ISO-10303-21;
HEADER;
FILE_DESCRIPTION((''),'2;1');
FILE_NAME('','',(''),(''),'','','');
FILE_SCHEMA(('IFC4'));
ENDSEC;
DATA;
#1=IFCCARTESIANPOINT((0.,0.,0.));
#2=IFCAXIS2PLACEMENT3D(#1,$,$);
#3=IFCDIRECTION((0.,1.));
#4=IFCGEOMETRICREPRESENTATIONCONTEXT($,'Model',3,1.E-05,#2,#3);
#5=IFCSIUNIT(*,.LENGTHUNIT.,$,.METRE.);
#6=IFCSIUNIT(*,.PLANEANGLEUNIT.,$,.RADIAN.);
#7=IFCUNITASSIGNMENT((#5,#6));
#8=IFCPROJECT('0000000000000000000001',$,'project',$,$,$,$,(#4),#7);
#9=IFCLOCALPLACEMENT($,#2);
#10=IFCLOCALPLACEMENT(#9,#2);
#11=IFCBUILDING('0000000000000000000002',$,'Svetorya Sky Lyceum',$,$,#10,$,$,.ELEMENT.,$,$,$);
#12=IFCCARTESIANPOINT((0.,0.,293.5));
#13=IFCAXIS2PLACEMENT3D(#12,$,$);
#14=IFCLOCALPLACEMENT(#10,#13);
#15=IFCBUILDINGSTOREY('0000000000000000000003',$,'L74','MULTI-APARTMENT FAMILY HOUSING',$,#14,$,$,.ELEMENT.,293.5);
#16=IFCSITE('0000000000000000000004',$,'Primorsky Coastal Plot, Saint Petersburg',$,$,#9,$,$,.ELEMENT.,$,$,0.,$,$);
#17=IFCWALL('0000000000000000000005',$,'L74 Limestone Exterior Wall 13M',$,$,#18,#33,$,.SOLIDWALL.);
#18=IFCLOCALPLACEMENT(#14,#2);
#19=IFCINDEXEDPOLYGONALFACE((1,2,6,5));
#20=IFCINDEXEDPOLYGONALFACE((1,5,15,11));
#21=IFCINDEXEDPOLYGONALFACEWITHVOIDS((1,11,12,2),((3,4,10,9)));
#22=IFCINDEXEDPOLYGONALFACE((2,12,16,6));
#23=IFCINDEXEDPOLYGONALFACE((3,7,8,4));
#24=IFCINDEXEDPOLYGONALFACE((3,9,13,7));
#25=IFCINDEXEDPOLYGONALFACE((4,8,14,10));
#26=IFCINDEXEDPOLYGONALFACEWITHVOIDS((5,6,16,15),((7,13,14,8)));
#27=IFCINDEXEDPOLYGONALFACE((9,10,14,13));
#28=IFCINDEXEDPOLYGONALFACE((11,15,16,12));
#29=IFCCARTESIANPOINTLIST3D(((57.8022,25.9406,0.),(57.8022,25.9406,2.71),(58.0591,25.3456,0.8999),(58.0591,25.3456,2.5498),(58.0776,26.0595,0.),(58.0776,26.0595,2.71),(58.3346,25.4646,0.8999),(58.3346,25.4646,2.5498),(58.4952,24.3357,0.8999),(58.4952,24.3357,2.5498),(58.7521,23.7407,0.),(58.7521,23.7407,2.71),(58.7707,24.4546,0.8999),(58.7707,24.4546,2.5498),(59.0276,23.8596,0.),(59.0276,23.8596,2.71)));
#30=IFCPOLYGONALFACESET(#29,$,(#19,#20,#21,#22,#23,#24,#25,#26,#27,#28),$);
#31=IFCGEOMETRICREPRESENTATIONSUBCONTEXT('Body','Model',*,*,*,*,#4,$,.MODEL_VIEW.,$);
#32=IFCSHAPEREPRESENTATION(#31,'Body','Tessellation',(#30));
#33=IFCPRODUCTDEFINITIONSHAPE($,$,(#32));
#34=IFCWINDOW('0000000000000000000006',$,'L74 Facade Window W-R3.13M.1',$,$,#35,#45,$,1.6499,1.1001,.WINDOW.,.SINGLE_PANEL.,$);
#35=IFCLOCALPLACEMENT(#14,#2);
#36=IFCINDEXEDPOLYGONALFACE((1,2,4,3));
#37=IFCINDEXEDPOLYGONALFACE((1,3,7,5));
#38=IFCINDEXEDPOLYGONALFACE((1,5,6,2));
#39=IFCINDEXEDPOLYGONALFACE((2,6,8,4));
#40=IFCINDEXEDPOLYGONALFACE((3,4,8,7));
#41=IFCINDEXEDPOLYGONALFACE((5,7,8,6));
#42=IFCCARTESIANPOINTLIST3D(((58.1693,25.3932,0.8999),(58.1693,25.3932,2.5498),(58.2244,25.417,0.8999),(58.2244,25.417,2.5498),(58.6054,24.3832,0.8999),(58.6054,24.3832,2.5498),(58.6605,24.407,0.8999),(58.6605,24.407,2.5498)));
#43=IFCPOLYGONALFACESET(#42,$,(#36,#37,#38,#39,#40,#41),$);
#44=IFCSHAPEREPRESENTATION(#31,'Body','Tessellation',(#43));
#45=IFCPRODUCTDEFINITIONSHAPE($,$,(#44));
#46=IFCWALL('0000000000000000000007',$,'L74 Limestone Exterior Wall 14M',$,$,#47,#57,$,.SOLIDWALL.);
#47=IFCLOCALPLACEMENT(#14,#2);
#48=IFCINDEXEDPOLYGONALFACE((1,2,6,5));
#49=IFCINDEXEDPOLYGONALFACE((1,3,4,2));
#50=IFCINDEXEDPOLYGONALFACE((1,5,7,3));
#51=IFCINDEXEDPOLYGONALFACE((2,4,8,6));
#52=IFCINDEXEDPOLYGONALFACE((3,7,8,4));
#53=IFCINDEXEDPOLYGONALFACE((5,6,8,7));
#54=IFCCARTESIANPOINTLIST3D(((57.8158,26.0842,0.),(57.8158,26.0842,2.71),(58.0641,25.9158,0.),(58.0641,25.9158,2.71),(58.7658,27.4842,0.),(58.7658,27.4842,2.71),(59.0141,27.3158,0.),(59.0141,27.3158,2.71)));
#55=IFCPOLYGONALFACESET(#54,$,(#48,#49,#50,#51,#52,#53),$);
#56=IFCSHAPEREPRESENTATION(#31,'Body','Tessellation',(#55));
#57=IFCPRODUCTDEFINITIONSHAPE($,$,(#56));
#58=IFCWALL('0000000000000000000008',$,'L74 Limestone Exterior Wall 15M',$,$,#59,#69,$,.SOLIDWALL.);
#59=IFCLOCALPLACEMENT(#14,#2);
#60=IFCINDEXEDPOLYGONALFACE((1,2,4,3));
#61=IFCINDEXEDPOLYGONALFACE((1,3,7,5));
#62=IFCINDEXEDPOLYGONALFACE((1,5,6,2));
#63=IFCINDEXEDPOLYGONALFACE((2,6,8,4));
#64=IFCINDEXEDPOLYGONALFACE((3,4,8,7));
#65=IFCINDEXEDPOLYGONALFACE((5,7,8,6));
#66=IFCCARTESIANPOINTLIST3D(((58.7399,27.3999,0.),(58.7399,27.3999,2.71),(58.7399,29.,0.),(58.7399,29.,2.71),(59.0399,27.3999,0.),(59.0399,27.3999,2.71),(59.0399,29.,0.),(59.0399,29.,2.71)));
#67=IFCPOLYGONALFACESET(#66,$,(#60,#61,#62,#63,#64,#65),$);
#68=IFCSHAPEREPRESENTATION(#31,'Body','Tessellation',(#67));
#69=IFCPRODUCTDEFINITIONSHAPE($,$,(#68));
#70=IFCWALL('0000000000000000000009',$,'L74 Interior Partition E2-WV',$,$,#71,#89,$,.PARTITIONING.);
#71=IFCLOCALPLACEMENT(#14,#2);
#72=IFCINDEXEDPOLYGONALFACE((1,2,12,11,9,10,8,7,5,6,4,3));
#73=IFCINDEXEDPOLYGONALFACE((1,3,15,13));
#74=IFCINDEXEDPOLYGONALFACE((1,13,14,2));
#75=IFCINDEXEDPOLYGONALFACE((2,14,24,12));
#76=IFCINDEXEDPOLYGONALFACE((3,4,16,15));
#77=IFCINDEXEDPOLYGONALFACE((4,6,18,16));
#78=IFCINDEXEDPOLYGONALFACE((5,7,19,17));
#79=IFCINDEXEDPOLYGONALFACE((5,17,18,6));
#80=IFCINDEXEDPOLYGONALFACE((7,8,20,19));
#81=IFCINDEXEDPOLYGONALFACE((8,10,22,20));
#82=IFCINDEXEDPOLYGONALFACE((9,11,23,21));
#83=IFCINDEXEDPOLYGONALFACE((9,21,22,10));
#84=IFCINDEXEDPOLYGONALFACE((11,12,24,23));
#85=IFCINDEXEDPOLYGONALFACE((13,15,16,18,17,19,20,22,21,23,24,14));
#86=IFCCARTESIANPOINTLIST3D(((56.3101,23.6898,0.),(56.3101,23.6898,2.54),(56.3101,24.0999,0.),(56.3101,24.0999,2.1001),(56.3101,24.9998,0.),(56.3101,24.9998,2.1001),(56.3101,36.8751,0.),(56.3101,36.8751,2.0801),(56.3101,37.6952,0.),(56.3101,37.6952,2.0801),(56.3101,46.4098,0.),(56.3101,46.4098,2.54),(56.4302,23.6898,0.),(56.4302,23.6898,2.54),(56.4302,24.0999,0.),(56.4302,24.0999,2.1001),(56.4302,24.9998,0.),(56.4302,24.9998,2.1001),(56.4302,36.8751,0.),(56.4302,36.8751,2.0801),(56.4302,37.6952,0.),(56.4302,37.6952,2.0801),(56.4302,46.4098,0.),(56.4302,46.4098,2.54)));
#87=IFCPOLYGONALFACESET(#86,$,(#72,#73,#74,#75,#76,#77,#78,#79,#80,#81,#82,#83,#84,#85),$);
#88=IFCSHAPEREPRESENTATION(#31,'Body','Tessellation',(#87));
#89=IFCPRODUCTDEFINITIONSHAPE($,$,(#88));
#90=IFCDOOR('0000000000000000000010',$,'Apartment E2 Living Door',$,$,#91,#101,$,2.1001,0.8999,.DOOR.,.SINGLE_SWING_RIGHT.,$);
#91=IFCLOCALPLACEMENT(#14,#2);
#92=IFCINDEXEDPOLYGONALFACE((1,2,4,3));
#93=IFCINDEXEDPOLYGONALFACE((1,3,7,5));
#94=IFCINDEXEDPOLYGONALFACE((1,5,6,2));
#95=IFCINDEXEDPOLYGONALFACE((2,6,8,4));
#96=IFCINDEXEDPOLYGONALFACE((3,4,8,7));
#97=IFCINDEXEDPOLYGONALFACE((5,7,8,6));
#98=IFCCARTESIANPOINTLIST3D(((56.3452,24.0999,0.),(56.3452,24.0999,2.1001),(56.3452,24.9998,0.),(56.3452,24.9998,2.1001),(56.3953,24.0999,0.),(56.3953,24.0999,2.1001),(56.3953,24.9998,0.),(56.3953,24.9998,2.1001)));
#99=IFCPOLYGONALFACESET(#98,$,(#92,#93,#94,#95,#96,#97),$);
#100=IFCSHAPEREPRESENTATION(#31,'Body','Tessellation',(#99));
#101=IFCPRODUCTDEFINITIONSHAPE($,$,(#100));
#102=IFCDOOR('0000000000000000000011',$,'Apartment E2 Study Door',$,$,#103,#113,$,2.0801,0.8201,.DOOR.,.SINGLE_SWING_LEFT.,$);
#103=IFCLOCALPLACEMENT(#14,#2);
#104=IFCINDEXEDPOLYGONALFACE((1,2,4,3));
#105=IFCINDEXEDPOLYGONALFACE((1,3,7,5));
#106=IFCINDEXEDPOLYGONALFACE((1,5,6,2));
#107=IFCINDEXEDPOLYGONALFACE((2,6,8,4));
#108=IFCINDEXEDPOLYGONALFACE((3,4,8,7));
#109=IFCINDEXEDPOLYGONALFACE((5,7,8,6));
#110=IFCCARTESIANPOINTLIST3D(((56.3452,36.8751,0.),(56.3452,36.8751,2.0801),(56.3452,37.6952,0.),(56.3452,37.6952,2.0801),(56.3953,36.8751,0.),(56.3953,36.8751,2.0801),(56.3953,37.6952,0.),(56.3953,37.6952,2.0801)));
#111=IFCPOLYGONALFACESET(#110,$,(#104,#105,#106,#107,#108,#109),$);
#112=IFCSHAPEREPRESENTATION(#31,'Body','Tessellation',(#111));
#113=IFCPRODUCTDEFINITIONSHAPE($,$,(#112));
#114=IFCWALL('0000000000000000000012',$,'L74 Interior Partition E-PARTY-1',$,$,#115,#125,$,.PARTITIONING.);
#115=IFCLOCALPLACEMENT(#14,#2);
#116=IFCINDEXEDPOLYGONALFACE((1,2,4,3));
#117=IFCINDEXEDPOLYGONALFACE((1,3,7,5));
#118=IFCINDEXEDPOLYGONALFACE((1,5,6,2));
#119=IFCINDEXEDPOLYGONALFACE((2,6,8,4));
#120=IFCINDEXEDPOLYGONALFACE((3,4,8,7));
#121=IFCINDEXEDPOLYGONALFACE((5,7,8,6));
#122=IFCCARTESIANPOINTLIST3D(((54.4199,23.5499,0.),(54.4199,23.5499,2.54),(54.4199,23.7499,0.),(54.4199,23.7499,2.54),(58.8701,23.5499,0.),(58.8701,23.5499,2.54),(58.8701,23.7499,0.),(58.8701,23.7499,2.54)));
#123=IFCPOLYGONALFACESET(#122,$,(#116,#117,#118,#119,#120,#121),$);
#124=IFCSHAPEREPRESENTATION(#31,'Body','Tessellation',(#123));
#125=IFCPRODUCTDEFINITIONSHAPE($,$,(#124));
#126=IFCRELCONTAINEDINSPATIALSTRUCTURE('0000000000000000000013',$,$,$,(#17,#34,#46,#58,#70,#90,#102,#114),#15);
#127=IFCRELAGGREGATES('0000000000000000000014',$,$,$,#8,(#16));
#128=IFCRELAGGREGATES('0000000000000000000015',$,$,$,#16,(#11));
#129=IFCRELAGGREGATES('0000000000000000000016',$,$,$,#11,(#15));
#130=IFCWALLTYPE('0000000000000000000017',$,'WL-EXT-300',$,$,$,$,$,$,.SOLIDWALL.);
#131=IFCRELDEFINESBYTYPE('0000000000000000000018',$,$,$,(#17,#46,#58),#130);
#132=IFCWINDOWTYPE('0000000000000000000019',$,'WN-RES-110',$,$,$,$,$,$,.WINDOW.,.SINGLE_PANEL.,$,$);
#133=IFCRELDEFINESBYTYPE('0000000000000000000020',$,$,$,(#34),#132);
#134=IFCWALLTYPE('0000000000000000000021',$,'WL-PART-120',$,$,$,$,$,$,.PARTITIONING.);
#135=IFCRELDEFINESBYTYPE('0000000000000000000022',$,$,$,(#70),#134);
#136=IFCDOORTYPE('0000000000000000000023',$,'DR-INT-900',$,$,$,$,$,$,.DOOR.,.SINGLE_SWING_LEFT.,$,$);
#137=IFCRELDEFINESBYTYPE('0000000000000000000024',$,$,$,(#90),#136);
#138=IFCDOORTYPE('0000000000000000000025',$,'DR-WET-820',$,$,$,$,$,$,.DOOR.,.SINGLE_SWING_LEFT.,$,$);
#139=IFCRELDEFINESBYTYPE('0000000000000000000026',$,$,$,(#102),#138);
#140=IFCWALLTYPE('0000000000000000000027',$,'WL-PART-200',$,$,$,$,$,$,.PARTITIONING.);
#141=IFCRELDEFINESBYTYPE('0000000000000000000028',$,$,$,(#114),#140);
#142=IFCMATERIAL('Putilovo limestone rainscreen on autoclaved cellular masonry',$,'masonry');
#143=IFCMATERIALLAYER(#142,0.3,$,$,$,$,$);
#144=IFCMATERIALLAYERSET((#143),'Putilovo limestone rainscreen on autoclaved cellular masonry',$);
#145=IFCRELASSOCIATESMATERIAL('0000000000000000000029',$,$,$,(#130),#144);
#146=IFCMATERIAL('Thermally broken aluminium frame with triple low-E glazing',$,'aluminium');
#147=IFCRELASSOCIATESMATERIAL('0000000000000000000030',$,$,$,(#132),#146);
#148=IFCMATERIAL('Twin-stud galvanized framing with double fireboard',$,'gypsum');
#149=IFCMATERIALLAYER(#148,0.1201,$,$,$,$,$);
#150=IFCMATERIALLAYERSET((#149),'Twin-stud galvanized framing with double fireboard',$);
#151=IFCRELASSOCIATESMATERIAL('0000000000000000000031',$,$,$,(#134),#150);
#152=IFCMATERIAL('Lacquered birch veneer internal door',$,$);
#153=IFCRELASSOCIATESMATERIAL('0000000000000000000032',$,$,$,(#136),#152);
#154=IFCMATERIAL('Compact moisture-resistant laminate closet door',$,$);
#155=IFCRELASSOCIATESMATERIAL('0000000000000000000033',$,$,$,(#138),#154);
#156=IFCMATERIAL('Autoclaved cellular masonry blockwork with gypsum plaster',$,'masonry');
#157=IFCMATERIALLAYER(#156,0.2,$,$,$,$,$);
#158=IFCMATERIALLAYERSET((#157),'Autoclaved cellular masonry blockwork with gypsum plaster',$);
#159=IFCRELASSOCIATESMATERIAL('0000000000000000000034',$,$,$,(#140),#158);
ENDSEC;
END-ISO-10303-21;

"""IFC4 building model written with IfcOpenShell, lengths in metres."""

from ifc_helpers import new_model, si_unit, direction, frame, frame_2d, origin, place, context, subcontext, project, spatial, rectangle, extrude, material, layer, layer_set, type_object, element, fill, save


model = new_model("IFC4")

# Units and contexts
model_context = context("Model", 3, precision=1e-05, world=origin(), true_north=direction((0.0, 1.0)))
body_context = subcontext(model_context, "Body", "Model", "MODEL_VIEW")
ifc_project = project(units=[si_unit("LENGTHUNIT", "METRE"), si_unit("PLANEANGLEUNIT", "RADIAN")], contexts=[model_context])

# Site, building, storey
site_placement = place(None, origin())
site = spatial("IfcSite", under=ifc_project, at=site_placement, Name="Primorsky Coastal Plot, Saint Petersburg", CompositionType="ELEMENT", RefElevation=0.0)
building_placement = place(site_placement, origin())
building = spatial("IfcBuilding", under=site, at=building_placement, Name="Svetorya Sky Lyceum", CompositionType="ELEMENT")
storey_placement = place(building_placement, frame((0.0, 0.0, 293.5)))
storey = spatial("IfcBuildingStorey", under=building, at=storey_placement, Name="L74", Description="MULTI-APARTMENT FAMILY HOUSING", CompositionType="ELEMENT", Elevation=293.5)

# Shared definitions
ifc_material_1 = material(Name="Putilovo limestone rainscreen on autoclaved cellular masonry", Category="masonry")
ifc_layer_1 = layer(ifc_material_1, 0.3)
ifc_layer_set_1 = layer_set([ifc_layer_1], Name="Putilovo limestone rainscreen on autoclaved cellular masonry")
wall_type_1 = type_object("IfcWallType", Name="WL-EXT-300", PredefinedType="SOLIDWALL", material=ifc_layer_set_1)

# Wall, opening, window
wall_1_placement = place(storey_placement, frame((58.8899, 23.8, 0.0), z_axis=(0.0, 0.0, 1.0), x_axis=(-0.396426, 0.918067, 0.0)))
wall_1 = element("IfcWall", 1, at=wall_1_placement, inside=storey, type_object=wall_type_1, Name="L74 Limestone Exterior Wall 13M", PredefinedType="SOLIDWALL", context=body_context, shape_type="SweptSolid", body=[
    extrude(rectangle(XDim=2.3962, YDim=0.3, at=frame_2d((1.1982, 0.0))), origin(), (0.0, 0.0, 1.0), 2.71),
])
opening_1_placement = place(wall_1_placement, frame((0.6482, 0.0, 0.8999)))
opening_1 = element("IfcOpeningElement", 2, at=opening_1_placement, cuts=wall_1, PredefinedType="OPENING", context=body_context, shape_type="SweptSolid", body=[
    extrude(rectangle(XDim=1.1001, YDim=1.6499, at=frame_2d((0.55, 0.825))), frame((0.0, 0.1599, 0.0), z_axis=(0.0, -1.0, 0.0), x_axis=(1.0, 0.0, 0.0)), (0.0, 0.0, 1.0), 0.3201),
])
ifc_material_2 = material(Name="Thermally broken aluminium frame with triple low-E glazing", Category="aluminium")
window_type = type_object("IfcWindowType", Name="WN-RES-110", PartitioningType="SINGLE_PANEL", PredefinedType="WINDOW", material=ifc_material_2)
window_placement = place(opening_1_placement, origin())
window = element("IfcWindow", 3, at=window_placement, inside=storey, type_object=window_type, Name="L74 Facade Window W-R3.13M.1", OverallHeight=1.6499, OverallWidth=1.1001, PartitioningType="SINGLE_PANEL", PredefinedType="WINDOW", context=body_context, shape_type="SweptSolid", body=[
    extrude(rectangle(XDim=1.1001, YDim=1.6499, at=frame_2d((0.55, 0.825))), frame((0.0, 0.03, 0.0), z_axis=(0.0, -1.0, 0.0), x_axis=(1.0, 0.0, 0.0)), (0.0, 0.0, 1.0), 0.0601),
])
fill(opening_1, window)

# Walls
wall_2_placement = place(storey_placement, frame((57.9399, 26.0, 0.0), z_axis=(0.0, 0.0, 1.0), x_axis=(0.561508, 0.827471, 0.0)))
element("IfcWall", 4, at=wall_2_placement, inside=storey, type_object=wall_type_1, Name="L74 Limestone Exterior Wall 14M", PredefinedType="SOLIDWALL", context=body_context, shape_type="SweptSolid", body=[
    extrude(rectangle(XDim=1.6919, YDim=0.3, at=frame_2d((0.8459, 0.0))), origin(), (0.0, 0.0, 1.0), 2.71),
])
wall_3_placement = place(storey_placement, frame((58.8899, 27.3999, 0.0), z_axis=(0.0, 0.0, 1.0), x_axis=(0.0, 1.0, 0.0)))
element("IfcWall", 5, at=wall_3_placement, inside=storey, type_object=wall_type_1, Name="L74 Limestone Exterior Wall 15M", PredefinedType="SOLIDWALL", context=body_context, shape_type="SweptSolid", body=[
    extrude(rectangle(XDim=1.6001, YDim=0.3, at=frame_2d((0.8, 0.0))), origin(), (0.0, 0.0, 1.0), 2.71),
])

# Wall, openings, doors
ifc_material_3 = material(Name="Twin-stud galvanized framing with double fireboard", Category="gypsum")
ifc_layer_2 = layer(ifc_material_3, 0.1201)
ifc_layer_set_2 = layer_set([ifc_layer_2], Name="Twin-stud galvanized framing with double fireboard")
wall_type_2 = type_object("IfcWallType", Name="WL-PART-120", PredefinedType="PARTITIONING", material=ifc_layer_set_2)
wall_4_placement = place(storey_placement, frame((56.3701, 23.6899, 0.0), z_axis=(0.0, 0.0, 1.0), x_axis=(0.0, 1.0, 0.0)))
wall_4 = element("IfcWall", 6, at=wall_4_placement, inside=storey, type_object=wall_type_2, Name="L74 Interior Partition E2-WV", PredefinedType="PARTITIONING", context=body_context, shape_type="SweptSolid", body=[
    extrude(rectangle(XDim=22.72, YDim=0.1201, at=frame_2d((11.3599, 0.0))), origin(), (0.0, 0.0, 1.0), 2.54),
])
opening_2_placement = place(wall_4_placement, frame((0.4099, 0.0, 0.0)))
opening_2 = element("IfcOpeningElement", 7, at=opening_2_placement, cuts=wall_4, PredefinedType="OPENING", context=body_context, shape_type="SweptSolid", body=[
    extrude(rectangle(XDim=0.8999, YDim=2.1001, at=frame_2d((0.45, 1.05))), frame((0.0, 0.0701, 0.0), z_axis=(0.0, -1.0, 0.0), x_axis=(1.0, 0.0, 0.0)), (0.0, 0.0, 1.0), 0.1401),
])
opening_3_placement = place(wall_4_placement, frame((13.1851, 0.0, 0.0)))
opening_3 = element("IfcOpeningElement", 8, at=opening_3_placement, cuts=wall_4, PredefinedType="OPENING", context=body_context, shape_type="SweptSolid", body=[
    extrude(rectangle(XDim=0.8201, YDim=2.0801, at=frame_2d((0.4102, 1.04))), frame((0.0, 0.0701, 0.0), z_axis=(0.0, -1.0, 0.0), x_axis=(1.0, 0.0, 0.0)), (0.0, 0.0, 1.0), 0.1401),
])
ifc_material_4 = material(Name="Lacquered birch veneer internal door")
door_type_1 = type_object("IfcDoorType", Name="DR-INT-900", OperationType="SINGLE_SWING_LEFT", PredefinedType="DOOR", material=ifc_material_4)
door_1_placement = place(opening_2_placement, origin())
door_1 = element("IfcDoor", 9, at=door_1_placement, inside=storey, type_object=door_type_1, Name="Apartment E2 Living Door", OperationType="SINGLE_SWING_RIGHT", OverallHeight=2.1001, OverallWidth=0.8999, PredefinedType="DOOR", context=body_context, shape_type="SweptSolid", body=[
    extrude(rectangle(XDim=0.8999, YDim=2.1001, at=frame_2d((0.45, 1.05))), frame((0.0, 0.0249, 0.0), z_axis=(0.0, -1.0, 0.0), x_axis=(1.0, 0.0, 0.0)), (0.0, 0.0, 1.0), 0.05),
])
fill(opening_2, door_1)
ifc_material_5 = material(Name="Compact moisture-resistant laminate closet door")
door_type_2 = type_object("IfcDoorType", Name="DR-WET-820", OperationType="SINGLE_SWING_LEFT", PredefinedType="DOOR", material=ifc_material_5)
door_2_placement = place(opening_3_placement, origin())
door_2 = element("IfcDoor", 10, at=door_2_placement, inside=storey, type_object=door_type_2, Name="Apartment E2 Study Door", OperationType="SINGLE_SWING_LEFT", OverallHeight=2.0801, OverallWidth=0.8201, PredefinedType="DOOR", context=body_context, shape_type="SweptSolid", body=[
    extrude(rectangle(XDim=0.8201, YDim=2.0801, at=frame_2d((0.4102, 1.04))), frame((0.0, 0.0249, 0.0), z_axis=(0.0, -1.0, 0.0), x_axis=(1.0, 0.0, 0.0)), (0.0, 0.0, 1.0), 0.05),
])
fill(opening_3, door_2)

# Wall
ifc_material_6 = material(Name="Autoclaved cellular masonry blockwork with gypsum plaster", Category="masonry")
ifc_layer_3 = layer(ifc_material_6, 0.2)
ifc_layer_set_3 = layer_set([ifc_layer_3], Name="Autoclaved cellular masonry blockwork with gypsum plaster")
wall_type_3 = type_object("IfcWallType", Name="WL-PART-200", PredefinedType="PARTITIONING", material=ifc_layer_set_3)
wall_5_placement = place(storey_placement, frame((54.4199, 23.6499, 0.0), z_axis=(0.0, 0.0, 1.0), x_axis=(1.0, 0.0, 0.0)))
element("IfcWall", 11, at=wall_5_placement, inside=storey, type_object=wall_type_3, Name="L74 Interior Partition E-PARTY-1", PredefinedType="PARTITIONING", context=body_context, shape_type="SweptSolid", body=[
    extrude(rectangle(XDim=4.4502, YDim=0.2, at=frame_2d((2.2251, 0.0))), origin(), (0.0, 0.0, 1.0), 2.54),
])

save(model, "model.ifc")
